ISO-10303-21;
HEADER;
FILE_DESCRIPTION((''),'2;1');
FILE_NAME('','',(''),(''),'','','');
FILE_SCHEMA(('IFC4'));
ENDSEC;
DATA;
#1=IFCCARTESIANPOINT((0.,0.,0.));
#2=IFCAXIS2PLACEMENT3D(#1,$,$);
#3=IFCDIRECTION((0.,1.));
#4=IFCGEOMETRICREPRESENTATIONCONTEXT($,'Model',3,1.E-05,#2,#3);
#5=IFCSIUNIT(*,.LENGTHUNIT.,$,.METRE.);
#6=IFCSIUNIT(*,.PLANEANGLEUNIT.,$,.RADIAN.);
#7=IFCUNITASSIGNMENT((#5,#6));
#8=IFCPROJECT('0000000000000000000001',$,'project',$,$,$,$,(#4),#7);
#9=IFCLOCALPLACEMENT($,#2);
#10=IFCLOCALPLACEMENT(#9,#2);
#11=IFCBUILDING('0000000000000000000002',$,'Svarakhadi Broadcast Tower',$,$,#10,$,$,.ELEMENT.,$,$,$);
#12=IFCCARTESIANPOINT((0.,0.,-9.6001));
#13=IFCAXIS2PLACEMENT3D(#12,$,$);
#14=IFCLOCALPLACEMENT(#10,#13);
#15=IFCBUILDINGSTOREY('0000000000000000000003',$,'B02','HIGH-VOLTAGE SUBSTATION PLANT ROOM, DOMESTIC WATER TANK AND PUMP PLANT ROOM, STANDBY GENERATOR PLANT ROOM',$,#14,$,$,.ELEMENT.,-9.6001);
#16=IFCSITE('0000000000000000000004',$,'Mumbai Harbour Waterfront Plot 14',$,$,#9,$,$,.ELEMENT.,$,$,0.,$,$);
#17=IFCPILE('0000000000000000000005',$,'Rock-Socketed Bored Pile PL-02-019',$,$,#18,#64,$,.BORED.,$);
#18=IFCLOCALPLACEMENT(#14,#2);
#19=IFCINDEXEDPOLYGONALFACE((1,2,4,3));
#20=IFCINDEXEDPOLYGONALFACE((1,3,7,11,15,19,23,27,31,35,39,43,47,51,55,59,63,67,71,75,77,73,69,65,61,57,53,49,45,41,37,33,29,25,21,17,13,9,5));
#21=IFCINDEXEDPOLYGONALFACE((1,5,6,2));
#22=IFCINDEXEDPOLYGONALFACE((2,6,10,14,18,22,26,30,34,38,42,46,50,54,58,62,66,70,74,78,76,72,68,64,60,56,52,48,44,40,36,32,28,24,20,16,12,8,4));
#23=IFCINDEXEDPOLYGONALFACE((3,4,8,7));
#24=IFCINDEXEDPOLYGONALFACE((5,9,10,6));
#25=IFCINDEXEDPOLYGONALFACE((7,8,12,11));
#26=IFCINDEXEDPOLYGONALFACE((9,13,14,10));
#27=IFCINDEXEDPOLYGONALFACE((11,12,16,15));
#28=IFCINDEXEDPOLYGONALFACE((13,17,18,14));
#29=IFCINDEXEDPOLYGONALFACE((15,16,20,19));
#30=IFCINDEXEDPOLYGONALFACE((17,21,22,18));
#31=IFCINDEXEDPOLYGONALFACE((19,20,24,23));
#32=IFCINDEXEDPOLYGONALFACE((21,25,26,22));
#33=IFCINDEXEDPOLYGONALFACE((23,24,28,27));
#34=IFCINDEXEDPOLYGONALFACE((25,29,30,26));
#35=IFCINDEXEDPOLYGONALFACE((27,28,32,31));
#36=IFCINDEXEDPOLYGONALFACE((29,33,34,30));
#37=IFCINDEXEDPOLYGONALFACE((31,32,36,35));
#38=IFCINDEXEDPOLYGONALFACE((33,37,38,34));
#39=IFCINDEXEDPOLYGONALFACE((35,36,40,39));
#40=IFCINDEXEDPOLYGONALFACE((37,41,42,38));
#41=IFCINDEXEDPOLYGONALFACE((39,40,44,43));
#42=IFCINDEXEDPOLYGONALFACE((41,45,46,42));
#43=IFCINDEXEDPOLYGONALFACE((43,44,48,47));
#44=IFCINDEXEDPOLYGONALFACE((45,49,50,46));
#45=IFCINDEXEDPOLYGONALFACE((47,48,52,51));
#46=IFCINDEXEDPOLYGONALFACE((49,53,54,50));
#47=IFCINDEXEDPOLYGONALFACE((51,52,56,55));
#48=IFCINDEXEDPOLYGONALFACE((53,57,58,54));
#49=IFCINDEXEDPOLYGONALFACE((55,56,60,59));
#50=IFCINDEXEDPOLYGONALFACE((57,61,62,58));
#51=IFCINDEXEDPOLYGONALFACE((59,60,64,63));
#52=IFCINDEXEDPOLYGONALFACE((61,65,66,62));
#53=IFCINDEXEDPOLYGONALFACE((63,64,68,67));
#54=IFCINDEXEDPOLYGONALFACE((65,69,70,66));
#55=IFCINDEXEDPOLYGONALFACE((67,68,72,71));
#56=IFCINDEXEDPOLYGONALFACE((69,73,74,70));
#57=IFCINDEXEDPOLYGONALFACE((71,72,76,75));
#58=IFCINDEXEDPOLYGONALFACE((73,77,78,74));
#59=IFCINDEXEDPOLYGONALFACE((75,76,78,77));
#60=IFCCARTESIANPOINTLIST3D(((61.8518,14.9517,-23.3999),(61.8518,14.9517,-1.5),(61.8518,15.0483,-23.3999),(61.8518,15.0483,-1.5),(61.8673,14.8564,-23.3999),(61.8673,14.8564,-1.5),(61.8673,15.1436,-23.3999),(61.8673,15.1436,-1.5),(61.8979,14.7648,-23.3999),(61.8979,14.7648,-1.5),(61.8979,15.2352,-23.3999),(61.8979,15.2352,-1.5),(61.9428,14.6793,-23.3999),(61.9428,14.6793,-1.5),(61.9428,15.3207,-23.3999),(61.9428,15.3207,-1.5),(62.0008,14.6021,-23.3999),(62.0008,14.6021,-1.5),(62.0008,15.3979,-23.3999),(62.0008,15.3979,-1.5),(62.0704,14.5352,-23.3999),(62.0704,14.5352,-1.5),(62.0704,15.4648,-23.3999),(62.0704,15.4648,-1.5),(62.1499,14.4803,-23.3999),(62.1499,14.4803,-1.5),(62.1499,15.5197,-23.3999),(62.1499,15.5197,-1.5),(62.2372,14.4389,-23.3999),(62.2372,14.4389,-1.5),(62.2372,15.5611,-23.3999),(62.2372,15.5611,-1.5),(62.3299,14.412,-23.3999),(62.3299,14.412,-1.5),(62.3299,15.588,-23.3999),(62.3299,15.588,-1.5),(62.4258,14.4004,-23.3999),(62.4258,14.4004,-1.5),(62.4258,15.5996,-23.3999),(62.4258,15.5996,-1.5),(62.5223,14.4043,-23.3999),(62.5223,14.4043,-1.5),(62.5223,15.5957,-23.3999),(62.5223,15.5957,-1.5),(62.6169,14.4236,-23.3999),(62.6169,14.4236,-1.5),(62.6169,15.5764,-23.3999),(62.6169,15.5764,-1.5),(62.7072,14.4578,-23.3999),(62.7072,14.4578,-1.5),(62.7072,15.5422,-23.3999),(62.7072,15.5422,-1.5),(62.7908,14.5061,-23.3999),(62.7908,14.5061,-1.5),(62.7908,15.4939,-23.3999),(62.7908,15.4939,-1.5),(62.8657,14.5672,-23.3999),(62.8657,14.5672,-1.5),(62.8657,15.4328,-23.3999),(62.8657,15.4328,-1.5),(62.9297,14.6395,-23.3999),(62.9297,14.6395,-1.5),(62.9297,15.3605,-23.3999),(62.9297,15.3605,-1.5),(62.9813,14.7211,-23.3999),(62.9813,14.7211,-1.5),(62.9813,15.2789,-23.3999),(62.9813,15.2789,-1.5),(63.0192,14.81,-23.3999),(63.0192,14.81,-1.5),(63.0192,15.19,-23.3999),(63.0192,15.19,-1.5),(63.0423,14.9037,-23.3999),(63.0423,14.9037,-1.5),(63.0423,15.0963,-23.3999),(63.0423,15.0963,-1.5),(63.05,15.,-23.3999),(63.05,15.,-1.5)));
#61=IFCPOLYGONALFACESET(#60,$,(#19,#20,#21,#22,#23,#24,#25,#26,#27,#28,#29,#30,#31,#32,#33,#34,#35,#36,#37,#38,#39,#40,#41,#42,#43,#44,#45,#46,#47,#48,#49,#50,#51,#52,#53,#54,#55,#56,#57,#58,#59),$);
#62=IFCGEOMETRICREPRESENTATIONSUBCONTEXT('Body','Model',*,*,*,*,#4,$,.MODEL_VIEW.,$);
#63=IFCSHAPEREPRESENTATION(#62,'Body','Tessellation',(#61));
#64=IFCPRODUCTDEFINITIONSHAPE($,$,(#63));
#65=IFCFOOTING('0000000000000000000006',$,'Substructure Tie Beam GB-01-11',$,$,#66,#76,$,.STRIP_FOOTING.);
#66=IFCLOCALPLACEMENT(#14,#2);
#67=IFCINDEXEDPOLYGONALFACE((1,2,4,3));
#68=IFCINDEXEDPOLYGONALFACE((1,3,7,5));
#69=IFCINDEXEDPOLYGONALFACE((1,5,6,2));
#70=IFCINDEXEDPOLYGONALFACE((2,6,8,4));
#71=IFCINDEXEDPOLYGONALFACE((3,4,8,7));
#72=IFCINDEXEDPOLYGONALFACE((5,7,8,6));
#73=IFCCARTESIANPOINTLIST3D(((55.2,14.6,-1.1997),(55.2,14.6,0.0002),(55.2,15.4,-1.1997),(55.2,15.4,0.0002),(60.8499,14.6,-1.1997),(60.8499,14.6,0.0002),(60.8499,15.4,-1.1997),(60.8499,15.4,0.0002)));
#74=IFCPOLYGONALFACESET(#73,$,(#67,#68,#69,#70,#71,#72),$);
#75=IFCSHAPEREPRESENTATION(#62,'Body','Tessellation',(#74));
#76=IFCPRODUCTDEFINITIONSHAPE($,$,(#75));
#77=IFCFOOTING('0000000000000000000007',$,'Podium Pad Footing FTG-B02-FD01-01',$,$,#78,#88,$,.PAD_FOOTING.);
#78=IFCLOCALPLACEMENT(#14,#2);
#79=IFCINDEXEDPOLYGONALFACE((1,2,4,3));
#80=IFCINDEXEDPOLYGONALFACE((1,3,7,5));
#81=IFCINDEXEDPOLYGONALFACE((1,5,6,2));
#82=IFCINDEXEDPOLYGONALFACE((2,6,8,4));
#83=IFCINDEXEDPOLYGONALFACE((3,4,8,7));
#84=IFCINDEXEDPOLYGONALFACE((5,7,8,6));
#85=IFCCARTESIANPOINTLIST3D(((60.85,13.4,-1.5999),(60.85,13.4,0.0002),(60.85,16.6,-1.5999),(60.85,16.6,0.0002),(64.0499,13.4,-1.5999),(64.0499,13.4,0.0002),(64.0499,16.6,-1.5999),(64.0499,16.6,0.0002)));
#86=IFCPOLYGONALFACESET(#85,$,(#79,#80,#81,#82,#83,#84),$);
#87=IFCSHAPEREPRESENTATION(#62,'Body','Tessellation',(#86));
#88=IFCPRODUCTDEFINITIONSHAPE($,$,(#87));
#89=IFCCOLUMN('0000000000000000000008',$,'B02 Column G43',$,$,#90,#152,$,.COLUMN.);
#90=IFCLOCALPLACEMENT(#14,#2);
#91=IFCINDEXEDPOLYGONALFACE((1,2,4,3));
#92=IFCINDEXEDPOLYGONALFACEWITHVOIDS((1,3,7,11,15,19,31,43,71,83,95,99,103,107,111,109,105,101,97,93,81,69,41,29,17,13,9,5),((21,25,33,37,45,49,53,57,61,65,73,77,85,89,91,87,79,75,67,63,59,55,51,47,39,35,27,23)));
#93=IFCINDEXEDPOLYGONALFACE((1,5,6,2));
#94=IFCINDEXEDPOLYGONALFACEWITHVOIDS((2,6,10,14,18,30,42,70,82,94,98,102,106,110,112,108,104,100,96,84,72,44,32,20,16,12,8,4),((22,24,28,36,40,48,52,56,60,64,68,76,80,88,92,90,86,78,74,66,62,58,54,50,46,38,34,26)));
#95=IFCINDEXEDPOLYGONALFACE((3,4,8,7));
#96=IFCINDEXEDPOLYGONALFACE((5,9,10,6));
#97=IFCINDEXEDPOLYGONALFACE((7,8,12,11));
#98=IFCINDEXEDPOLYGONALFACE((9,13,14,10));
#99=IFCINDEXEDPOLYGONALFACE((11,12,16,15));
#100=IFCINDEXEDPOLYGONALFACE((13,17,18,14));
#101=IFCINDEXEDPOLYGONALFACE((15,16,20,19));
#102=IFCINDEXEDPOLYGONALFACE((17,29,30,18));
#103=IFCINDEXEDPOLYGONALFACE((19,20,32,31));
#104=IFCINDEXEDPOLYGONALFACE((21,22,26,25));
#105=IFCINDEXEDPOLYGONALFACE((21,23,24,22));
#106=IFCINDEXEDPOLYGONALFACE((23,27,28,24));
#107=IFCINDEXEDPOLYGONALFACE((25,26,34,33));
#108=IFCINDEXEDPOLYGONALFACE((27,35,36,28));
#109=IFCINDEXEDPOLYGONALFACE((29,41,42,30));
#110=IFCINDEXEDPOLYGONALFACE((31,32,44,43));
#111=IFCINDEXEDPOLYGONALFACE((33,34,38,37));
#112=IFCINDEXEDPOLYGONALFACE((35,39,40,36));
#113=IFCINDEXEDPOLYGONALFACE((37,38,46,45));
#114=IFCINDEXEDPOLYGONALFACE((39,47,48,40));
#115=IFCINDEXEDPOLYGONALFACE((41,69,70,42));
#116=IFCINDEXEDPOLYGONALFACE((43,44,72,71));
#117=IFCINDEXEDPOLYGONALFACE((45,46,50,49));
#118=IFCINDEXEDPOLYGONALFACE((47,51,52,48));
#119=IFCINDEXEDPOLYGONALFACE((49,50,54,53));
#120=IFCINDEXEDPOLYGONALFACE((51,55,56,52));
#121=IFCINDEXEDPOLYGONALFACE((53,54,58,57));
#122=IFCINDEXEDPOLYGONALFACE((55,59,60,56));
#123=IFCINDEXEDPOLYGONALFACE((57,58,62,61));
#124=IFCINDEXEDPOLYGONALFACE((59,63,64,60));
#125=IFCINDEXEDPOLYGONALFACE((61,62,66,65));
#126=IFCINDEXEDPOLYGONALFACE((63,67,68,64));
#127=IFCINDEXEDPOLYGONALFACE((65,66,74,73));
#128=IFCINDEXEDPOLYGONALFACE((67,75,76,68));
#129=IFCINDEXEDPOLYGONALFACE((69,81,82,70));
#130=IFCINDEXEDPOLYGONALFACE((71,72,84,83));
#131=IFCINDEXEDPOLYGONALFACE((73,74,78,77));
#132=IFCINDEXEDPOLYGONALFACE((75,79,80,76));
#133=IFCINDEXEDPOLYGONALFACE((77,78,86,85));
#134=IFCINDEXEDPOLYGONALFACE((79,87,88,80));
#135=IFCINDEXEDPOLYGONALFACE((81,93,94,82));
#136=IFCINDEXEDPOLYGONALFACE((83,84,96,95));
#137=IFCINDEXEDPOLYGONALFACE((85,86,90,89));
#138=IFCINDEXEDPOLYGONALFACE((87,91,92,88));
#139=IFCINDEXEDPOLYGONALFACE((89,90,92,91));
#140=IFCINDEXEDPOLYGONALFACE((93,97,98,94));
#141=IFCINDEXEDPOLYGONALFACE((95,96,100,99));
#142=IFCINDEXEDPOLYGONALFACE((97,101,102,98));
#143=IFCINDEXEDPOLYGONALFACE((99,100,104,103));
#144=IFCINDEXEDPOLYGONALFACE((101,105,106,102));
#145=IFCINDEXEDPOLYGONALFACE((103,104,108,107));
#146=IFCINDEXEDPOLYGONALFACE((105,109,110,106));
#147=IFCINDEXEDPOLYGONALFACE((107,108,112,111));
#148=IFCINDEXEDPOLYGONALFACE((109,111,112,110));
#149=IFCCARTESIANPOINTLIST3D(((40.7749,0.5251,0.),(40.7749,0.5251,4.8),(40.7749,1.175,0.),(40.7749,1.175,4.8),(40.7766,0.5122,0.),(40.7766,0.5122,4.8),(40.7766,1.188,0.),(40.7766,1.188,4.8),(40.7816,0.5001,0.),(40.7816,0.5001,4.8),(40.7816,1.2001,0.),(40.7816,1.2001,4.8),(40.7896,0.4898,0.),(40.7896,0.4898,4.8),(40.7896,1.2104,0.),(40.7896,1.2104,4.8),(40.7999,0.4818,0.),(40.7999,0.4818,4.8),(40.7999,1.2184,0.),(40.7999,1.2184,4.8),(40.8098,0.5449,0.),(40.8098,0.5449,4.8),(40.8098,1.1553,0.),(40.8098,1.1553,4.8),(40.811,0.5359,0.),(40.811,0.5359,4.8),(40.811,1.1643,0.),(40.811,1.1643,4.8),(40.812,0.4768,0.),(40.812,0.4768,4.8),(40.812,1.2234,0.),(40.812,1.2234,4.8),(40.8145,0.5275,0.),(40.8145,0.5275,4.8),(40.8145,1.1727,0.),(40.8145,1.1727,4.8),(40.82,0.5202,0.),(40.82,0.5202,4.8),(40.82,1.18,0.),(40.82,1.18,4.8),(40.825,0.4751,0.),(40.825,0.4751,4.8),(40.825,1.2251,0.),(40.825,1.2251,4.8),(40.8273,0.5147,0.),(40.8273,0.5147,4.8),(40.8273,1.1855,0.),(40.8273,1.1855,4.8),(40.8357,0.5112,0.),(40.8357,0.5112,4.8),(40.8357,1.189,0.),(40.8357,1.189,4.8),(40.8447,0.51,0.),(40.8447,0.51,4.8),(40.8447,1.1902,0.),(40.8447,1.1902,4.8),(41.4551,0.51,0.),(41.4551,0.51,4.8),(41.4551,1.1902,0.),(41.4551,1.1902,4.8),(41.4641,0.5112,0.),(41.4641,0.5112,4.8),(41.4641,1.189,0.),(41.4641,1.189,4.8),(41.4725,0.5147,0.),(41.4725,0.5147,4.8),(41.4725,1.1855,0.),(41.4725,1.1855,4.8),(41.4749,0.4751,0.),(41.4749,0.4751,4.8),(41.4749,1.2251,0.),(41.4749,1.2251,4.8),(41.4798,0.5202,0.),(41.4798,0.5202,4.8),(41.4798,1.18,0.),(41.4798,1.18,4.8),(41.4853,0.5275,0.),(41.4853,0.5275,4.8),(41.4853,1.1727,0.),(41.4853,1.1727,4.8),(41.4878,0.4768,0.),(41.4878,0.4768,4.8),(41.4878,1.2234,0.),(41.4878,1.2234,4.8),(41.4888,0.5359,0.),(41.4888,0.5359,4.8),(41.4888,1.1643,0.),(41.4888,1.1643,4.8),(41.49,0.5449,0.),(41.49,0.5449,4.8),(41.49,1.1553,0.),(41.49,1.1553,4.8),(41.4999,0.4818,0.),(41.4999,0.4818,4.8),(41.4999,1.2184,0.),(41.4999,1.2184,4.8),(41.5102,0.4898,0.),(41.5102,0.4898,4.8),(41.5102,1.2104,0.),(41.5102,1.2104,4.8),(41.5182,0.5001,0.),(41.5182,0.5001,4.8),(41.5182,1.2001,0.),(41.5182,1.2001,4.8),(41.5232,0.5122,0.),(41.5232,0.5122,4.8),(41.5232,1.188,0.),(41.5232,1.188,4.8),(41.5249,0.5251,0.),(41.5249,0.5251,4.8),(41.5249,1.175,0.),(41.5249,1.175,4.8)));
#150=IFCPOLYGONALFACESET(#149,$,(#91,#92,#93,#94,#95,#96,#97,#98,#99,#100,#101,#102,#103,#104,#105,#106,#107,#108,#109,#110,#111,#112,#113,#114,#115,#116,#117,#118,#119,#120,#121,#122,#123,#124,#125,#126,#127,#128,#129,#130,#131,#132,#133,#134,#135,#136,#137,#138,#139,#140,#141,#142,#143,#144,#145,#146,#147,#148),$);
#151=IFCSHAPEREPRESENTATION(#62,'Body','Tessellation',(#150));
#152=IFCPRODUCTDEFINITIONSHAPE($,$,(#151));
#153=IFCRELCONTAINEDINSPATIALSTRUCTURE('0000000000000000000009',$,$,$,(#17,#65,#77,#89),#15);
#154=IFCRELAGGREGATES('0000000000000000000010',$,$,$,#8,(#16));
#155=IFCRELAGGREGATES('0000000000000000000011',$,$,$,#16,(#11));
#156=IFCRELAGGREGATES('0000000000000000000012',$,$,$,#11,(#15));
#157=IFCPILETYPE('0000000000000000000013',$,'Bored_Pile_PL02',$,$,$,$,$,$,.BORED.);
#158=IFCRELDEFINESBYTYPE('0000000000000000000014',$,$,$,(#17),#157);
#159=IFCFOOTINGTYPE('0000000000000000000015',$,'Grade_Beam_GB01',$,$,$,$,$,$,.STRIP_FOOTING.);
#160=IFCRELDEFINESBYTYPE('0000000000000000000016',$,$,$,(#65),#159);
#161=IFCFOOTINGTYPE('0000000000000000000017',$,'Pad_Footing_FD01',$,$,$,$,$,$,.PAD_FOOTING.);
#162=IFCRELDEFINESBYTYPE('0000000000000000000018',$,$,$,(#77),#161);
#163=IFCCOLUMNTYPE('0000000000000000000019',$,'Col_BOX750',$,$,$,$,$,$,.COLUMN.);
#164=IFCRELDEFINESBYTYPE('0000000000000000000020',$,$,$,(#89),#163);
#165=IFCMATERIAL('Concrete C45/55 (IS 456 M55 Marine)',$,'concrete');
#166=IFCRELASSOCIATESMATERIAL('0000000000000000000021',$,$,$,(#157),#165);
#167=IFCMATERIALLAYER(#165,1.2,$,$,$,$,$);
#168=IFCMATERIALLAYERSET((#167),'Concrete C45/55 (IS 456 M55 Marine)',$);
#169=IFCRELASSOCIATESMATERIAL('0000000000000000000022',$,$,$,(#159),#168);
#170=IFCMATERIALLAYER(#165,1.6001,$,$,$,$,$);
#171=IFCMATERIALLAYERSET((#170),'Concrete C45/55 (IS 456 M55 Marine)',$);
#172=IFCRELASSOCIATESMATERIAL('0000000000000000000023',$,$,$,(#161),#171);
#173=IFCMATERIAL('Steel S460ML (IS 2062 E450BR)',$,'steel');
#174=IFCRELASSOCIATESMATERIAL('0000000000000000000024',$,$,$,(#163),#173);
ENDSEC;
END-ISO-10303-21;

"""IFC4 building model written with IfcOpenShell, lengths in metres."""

from ifc_helpers import new_model, si_unit, direction, frame, origin, origin_2d, place, context, subcontext, project, spatial, rectangle, hollow_rectangle, circle, extrude, material, layer, layer_set, material_profile, profile_set, type_object, element, save


model = new_model("IFC4")

# Units and contexts
model_context = context("Model", 3, precision=1e-05, world=origin(), true_north=direction((0.0, 1.0)))
body_context = subcontext(model_context, "Body", "Model", "MODEL_VIEW")
ifc_project = project(units=[si_unit("LENGTHUNIT", "METRE"), si_unit("PLANEANGLEUNIT", "RADIAN")], contexts=[model_context])

# Site, building, storey
site_placement = place(None, origin())
site = spatial("IfcSite", under=ifc_project, at=site_placement, Name="Mumbai Harbour Waterfront Plot 14", CompositionType="ELEMENT", RefElevation=0.0)
building_placement = place(site_placement, origin())
building = spatial("IfcBuilding", under=site, at=building_placement, Name="Svarakhadi Broadcast Tower", CompositionType="ELEMENT")
storey_placement = place(building_placement, frame((0.0, 0.0, -9.6001)))
storey = spatial("IfcBuildingStorey", under=building, at=storey_placement, Name="B02", Description="HIGH-VOLTAGE SUBSTATION PLANT ROOM, DOMESTIC WATER TANK AND PUMP PLANT ROOM, STANDBY GENERATOR PLANT ROOM", CompositionType="ELEMENT", Elevation=-9.6001)

# Pile
ifc_material_1 = material(Name="Concrete C45/55 (IS 456 M55 Marine)", Category="concrete")
ifc_material_profile_1 = material_profile(ifc_material_1, circle(Radius=0.6001, at=origin_2d()), Name="PILE D1200")
ifc_profile_set_1 = profile_set([ifc_material_profile_1], Name="Concrete C45/55 (IS 456 M55 Marine)")
pile_type_1 = type_object("IfcPileType", Name="Bored_Pile_PL02", PredefinedType="BORED", material=ifc_profile_set_1)
pile_placement = place(storey_placement, frame((62.45, 15.0, -1.5), z_axis=(0.0, 0.0, -1.0), x_axis=(1.0, 0.0, 0.0)))
element("IfcPile", 1, at=pile_placement, inside=storey, type_object=pile_type_1, Name="Rock-Socketed Bored Pile PL-02-019", PredefinedType="BORED", context=body_context, shape_type="SweptSolid", body=[
    extrude(circle(Radius=0.6001, at=origin_2d()), origin(), (0.0, 0.0, 1.0), 21.8999),
])

# Footings
ifc_layer_1 = layer(ifc_material_1, 1.2)
ifc_layer_set_1 = layer_set([ifc_layer_1], Name="Concrete C45/55 (IS 456 M55 Marine)")
footing_type_1 = type_object("IfcFootingType", Name="Grade_Beam_GB01", PredefinedType="STRIP_FOOTING", material=ifc_layer_set_1)
footing_1_placement = place(storey_placement, frame((58.0249, 15.0, -1.1997), z_axis=(0.0, 0.0, 1.0), x_axis=(1.0, 0.0, 0.0)))
element("IfcFooting", 2, at=footing_1_placement, inside=storey, type_object=footing_type_1, Name="Substructure Tie Beam GB-01-11", PredefinedType="STRIP_FOOTING", context=body_context, shape_type="SweptSolid", body=[
    extrude(rectangle(XDim=5.6499, YDim=0.8, at=origin_2d()), origin(), (0.0, 0.0, 1.0), 1.2),
])
ifc_layer_2 = layer(ifc_material_1, 1.6001)
ifc_layer_set_2 = layer_set([ifc_layer_2], Name="Concrete C45/55 (IS 456 M55 Marine)")
footing_type_2 = type_object("IfcFootingType", Name="Pad_Footing_FD01", PredefinedType="PAD_FOOTING", material=ifc_layer_set_2)
footing_2_placement = place(storey_placement, frame((62.45, 15.0, -1.5999), z_axis=(0.0, 0.0, 1.0), x_axis=(1.0, 0.0, 0.0)))
element("IfcFooting", 3, at=footing_2_placement, inside=storey, type_object=footing_type_2, Name="Podium Pad Footing FTG-B02-FD01-01", PredefinedType="PAD_FOOTING", context=body_context, shape_type="SweptSolid", body=[
    extrude(rectangle(XDim=3.2, YDim=3.2, at=origin_2d()), origin(), (0.0, 0.0, 1.0), 1.6001),
])

# Column
ifc_material_2 = material(Name="Steel S460ML (IS 2062 E450BR)", Category="steel")
ifc_material_profile_2 = material_profile(ifc_material_2, hollow_rectangle(XDim=0.75, YDim=0.75, WallThickness=0.0349, InnerFilletRadius=0.0349, OuterFilletRadius=0.05, at=origin_2d()), Name="BOX 750x750x35")
ifc_profile_set_2 = profile_set([ifc_material_profile_2], Name="Steel S460ML (IS 2062 E450BR)")
column_type_1 = type_object("IfcColumnType", Name="Col_BOX750", PredefinedType="COLUMN", material=ifc_profile_set_2)
for number, where, z_axis, x_axis, name in (
    (4, (41.1499, 0.8501, 0.0), (0.0, 0.0, 1.0), (1.0, 0.0, 0.0), "B02 Column G43"),
):
    element("IfcColumn", number, at=place(storey_placement, frame(where, z_axis=z_axis, x_axis=x_axis)), inside=storey, type_object=column_type_1, Name=name, PredefinedType="COLUMN", context=body_context, shape_type="SweptSolid", body=[
        extrude(hollow_rectangle(XDim=0.75, YDim=0.75, WallThickness=0.0349, InnerFilletRadius=0.0349, OuterFilletRadius=0.05, at=origin_2d()), origin(), (0.0, 0.0, 1.0), 4.8),
    ])

save(model, "model.ifc")
